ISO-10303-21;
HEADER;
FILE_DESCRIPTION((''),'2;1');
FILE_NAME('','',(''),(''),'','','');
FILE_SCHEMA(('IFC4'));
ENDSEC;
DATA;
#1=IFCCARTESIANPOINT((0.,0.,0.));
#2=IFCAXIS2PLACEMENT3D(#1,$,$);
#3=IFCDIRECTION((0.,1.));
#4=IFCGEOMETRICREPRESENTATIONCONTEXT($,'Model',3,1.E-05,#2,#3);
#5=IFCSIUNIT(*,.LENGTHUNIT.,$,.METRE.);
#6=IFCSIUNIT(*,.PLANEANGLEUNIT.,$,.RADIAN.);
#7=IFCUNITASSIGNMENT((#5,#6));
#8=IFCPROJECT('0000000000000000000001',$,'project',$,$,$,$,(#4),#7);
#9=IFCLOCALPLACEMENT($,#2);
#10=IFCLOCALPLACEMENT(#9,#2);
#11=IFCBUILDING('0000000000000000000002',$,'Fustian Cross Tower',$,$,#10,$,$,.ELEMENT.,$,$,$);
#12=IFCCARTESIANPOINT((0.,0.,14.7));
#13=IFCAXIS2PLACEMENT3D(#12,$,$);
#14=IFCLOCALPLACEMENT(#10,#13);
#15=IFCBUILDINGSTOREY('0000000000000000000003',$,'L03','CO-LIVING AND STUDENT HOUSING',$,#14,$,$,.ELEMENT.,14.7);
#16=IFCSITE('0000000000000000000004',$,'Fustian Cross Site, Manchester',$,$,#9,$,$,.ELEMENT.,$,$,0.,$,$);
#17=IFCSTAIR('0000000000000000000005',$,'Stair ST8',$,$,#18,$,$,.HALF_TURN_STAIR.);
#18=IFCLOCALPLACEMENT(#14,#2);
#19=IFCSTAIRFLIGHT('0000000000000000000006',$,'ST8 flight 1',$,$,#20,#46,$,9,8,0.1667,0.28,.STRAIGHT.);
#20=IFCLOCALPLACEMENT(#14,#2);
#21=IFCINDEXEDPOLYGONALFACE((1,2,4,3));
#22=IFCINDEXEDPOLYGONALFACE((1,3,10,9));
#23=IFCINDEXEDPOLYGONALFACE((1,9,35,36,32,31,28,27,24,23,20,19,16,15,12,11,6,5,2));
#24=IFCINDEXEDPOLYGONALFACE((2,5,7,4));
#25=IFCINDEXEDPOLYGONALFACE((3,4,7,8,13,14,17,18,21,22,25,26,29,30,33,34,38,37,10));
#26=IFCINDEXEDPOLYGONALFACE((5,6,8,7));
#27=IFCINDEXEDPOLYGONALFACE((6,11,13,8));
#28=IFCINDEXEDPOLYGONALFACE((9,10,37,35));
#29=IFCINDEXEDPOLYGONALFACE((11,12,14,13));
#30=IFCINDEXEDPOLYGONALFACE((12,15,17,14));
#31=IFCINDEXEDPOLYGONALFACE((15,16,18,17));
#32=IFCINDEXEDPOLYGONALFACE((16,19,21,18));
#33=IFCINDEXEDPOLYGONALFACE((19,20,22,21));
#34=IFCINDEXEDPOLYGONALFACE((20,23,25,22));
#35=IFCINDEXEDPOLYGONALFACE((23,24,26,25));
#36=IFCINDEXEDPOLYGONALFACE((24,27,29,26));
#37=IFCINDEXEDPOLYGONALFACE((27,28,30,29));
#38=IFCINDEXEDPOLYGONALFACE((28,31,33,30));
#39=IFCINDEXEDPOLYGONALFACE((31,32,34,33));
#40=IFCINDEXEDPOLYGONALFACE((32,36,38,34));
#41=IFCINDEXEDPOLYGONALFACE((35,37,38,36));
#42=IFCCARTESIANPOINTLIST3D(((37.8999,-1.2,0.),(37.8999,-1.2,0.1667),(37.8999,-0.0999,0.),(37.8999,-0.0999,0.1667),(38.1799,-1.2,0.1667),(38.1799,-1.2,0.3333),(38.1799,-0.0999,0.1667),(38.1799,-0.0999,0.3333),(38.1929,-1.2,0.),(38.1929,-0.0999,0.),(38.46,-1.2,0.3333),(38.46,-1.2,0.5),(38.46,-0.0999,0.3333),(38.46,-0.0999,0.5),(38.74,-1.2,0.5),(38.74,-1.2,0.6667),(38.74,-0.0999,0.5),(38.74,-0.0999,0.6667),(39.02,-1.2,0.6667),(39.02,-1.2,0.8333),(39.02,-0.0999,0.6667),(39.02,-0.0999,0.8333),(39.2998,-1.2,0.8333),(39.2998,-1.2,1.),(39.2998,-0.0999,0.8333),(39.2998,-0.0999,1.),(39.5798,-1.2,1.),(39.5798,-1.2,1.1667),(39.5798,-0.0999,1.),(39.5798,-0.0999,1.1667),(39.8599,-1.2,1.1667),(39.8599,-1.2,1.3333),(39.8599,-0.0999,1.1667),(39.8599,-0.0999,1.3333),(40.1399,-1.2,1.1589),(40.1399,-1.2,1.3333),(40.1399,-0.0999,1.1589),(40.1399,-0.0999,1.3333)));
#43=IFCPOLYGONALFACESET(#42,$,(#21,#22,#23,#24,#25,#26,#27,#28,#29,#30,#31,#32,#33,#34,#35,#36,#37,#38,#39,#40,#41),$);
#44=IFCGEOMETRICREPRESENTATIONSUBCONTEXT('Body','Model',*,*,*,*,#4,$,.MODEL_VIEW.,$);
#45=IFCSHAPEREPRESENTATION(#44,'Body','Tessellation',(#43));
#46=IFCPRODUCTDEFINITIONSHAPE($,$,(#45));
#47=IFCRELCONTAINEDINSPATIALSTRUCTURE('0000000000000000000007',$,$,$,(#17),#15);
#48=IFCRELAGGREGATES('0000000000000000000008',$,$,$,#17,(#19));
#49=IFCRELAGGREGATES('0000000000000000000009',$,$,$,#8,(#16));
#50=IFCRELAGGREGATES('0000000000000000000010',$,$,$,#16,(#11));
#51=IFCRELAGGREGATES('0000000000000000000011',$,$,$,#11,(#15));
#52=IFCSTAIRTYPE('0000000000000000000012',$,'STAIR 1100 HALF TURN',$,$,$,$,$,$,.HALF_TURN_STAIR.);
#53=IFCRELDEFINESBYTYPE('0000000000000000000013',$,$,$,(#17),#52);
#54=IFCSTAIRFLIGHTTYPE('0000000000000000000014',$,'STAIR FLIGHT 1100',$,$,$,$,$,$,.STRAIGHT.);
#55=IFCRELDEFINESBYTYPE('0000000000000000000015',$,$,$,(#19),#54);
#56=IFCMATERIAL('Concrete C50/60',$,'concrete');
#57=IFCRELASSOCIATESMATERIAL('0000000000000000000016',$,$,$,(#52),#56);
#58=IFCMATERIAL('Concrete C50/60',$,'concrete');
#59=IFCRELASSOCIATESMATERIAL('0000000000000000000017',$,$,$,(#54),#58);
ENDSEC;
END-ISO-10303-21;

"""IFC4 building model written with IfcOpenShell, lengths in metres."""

from ifc_helpers import new_model, si_unit, direction, frame, origin, place, context, subcontext, project, spatial, polyline, outline, extrude, material, type_object, element, aggregate, save


model = new_model("IFC4")

# Units and contexts
model_context = context("Model", 3, precision=1e-05, world=origin(), true_north=direction((0.0, 1.0)))
body_context = subcontext(model_context, "Body", "Model", "MODEL_VIEW")
ifc_project = project(units=[si_unit("LENGTHUNIT", "METRE"), si_unit("PLANEANGLEUNIT", "RADIAN")], contexts=[model_context])

# Site, building, storey
site_placement = place(None, origin())
site = spatial("IfcSite", under=ifc_project, at=site_placement, Name="Fustian Cross Site, Manchester", CompositionType="ELEMENT", RefElevation=0.0)
building_placement = place(site_placement, origin())
building = spatial("IfcBuilding", under=site, at=building_placement, Name="Fustian Cross Tower", CompositionType="ELEMENT")
storey_placement = place(building_placement, frame((0.0, 0.0, 14.7)))
storey = spatial("IfcBuildingStorey", under=building, at=storey_placement, Name="L03", Description="CO-LIVING AND STUDENT HOUSING", CompositionType="ELEMENT", Elevation=14.7)

# Stair, stair flight
ifc_material_1 = material(Name="Concrete C50/60", Category="concrete")
stair_type = type_object("IfcStairType", Name="STAIR 1100 HALF TURN", PredefinedType="HALF_TURN_STAIR", material=ifc_material_1)
stair_placement = place(storey_placement, origin())
stair = element("IfcStair", 1, at=stair_placement, inside=storey, type_object=stair_type, Name="Stair ST8", PredefinedType="HALF_TURN_STAIR")
ifc_material_2 = material(Name="Concrete C50/60", Category="concrete")
stair_flight_type = type_object("IfcStairFlightType", Name="STAIR FLIGHT 1100", PredefinedType="STRAIGHT", material=ifc_material_2)
stair_flight_placement = place(storey_placement, frame((37.8999, -0.6499, 0.0), z_axis=(0.0, 0.0, 1.0), x_axis=(1.0, 0.0, 0.0)))
stair_flight = element("IfcStairFlight", 2, at=stair_flight_placement, type_object=stair_flight_type, Name="ST8 flight 1", NumberOfRisers=9, NumberOfTreads=8, PredefinedType="STRAIGHT", RiserHeight=0.1667, TreadLength=0.28, context=body_context, shape_type="SweptSolid", body=[
    extrude(outline(polyline([(0.0, 0.0), (0.0, 0.1667), (0.28, 0.1667), (0.28, 0.3333), (0.5601, 0.3333), (0.5601, 0.5), (0.8401, 0.5), (0.8401, 0.6667), (1.1201, 0.6667), (1.1201, 0.8333), (1.3999, 0.8333), (1.3999, 1.0), (1.6799, 1.0), (1.6799, 1.1667), (1.96, 1.1667), (1.96, 1.3333), (2.24, 1.3333), (2.24, 1.5), (2.24, 1.1589), (0.293, 0.0), (0.0, 0.0)])), frame((0.0, 0.55, 0.0), z_axis=(0.0, -1.0, 0.0), x_axis=(1.0, 0.0, 0.0)), (0.0, 0.0, 1.0), 1.1001),
])
aggregate(stair, [stair_flight])

save(model, "model.ifc")
